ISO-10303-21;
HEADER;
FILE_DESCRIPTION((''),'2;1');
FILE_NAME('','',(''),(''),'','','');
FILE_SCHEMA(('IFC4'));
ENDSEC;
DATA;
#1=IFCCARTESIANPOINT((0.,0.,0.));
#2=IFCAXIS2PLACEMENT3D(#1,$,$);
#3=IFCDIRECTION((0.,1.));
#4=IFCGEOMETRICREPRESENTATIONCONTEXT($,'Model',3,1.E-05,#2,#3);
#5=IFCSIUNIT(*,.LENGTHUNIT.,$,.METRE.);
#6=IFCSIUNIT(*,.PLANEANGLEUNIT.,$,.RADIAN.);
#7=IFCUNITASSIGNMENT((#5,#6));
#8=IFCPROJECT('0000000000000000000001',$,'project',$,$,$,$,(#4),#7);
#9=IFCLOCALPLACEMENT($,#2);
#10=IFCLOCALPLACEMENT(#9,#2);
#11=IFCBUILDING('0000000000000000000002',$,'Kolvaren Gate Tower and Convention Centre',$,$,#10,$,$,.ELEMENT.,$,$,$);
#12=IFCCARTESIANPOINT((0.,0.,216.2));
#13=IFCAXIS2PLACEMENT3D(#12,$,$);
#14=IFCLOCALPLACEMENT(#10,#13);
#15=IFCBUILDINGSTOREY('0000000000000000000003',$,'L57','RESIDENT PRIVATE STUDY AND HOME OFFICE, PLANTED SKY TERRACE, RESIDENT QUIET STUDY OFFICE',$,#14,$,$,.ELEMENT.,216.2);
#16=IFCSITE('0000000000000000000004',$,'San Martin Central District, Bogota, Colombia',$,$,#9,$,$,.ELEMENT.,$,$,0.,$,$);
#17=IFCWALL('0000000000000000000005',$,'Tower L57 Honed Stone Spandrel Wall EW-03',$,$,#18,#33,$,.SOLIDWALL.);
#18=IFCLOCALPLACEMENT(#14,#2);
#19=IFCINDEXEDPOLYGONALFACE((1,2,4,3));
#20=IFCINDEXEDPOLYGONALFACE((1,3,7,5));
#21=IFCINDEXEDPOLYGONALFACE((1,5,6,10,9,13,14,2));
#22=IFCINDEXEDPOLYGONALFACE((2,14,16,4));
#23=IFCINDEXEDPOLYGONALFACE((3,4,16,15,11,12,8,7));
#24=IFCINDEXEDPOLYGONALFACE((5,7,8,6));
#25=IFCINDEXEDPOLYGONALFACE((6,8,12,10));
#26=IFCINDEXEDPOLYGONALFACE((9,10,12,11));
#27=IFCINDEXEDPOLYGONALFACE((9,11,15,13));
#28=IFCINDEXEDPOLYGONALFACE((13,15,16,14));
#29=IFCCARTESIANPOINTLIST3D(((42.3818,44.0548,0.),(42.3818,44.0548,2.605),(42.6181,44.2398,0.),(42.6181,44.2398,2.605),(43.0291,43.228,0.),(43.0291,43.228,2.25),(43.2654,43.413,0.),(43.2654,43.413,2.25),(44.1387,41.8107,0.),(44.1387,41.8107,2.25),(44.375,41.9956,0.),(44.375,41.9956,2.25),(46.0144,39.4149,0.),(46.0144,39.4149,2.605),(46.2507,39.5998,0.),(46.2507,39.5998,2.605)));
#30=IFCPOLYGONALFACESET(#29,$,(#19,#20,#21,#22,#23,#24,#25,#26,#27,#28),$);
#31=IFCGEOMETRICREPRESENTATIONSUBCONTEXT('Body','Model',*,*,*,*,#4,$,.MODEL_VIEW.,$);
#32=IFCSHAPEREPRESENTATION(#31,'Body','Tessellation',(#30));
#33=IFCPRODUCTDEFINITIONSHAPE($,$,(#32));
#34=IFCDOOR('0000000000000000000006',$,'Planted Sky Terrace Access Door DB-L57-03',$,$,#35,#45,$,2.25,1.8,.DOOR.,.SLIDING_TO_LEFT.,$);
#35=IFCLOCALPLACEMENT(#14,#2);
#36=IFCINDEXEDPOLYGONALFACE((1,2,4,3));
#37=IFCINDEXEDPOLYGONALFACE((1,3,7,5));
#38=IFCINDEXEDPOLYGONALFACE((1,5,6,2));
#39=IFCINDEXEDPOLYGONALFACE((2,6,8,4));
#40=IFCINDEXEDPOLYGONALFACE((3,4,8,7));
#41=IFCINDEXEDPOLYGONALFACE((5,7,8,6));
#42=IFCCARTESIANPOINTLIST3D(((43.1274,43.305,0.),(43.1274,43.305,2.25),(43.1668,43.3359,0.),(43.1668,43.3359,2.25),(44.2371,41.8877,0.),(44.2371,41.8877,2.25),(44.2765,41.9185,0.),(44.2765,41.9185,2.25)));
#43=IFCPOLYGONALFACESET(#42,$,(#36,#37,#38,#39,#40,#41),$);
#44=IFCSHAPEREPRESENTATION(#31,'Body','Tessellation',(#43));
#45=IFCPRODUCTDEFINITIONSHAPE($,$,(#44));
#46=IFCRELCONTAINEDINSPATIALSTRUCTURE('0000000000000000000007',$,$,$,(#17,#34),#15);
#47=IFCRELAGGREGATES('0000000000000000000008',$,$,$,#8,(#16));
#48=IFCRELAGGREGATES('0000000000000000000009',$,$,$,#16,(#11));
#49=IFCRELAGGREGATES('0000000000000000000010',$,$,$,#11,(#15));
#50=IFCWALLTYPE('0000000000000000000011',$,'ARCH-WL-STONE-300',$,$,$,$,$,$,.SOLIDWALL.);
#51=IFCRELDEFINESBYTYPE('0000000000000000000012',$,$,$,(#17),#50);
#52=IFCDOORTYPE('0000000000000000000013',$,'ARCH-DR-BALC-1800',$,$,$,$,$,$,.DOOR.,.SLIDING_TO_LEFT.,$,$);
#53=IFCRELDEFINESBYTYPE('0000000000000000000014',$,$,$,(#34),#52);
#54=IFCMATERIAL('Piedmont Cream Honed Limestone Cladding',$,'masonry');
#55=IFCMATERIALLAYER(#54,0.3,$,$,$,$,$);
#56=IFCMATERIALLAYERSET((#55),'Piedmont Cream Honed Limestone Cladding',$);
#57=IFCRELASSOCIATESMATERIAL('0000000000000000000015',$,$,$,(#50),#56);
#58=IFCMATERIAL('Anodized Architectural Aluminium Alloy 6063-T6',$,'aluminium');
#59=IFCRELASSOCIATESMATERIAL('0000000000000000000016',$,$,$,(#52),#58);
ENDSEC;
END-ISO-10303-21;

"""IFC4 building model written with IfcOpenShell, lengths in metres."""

from ifc_helpers import new_model, si_unit, direction, frame, frame_2d, origin, place, context, subcontext, project, spatial, rectangle, extrude, material, layer, layer_set, type_object, element, fill, save


model = new_model("IFC4")

# Units and contexts
model_context = context("Model", 3, precision=1e-05, world=origin(), true_north=direction((0.0, 1.0)))
body_context = subcontext(model_context, "Body", "Model", "MODEL_VIEW")
ifc_project = project(units=[si_unit("LENGTHUNIT", "METRE"), si_unit("PLANEANGLEUNIT", "RADIAN")], contexts=[model_context])

# Site, building, storey
site_placement = place(None, origin())
site = spatial("IfcSite", under=ifc_project, at=site_placement, Name="San Martin Central District, Bogota, Colombia", CompositionType="ELEMENT", RefElevation=0.0)
building_placement = place(site_placement, origin())
building = spatial("IfcBuilding", under=site, at=building_placement, Name="Kolvaren Gate Tower and Convention Centre", CompositionType="ELEMENT")
storey_placement = place(building_placement, frame((0.0, 0.0, 216.2)))
storey = spatial("IfcBuildingStorey", under=building, at=storey_placement, Name="L57", Description="RESIDENT PRIVATE STUDY AND HOME OFFICE, PLANTED SKY TERRACE, RESIDENT QUIET STUDY OFFICE", CompositionType="ELEMENT", Elevation=216.2)

# Shared definitions
ifc_material_1 = material(Name="Piedmont Cream Honed Limestone Cladding", Category="masonry")

# Shared definitions
ifc_layer_1 = layer(ifc_material_1, 0.3)
ifc_layer_set_1 = layer_set([ifc_layer_1], Name="Piedmont Cream Honed Limestone Cladding")
wall_type_1 = type_object("IfcWallType", Name="ARCH-WL-STONE-300", PredefinedType="SOLIDWALL", material=ifc_layer_set_1)

# Wall, opening, door
wall_1_placement = place(storey_placement, frame((42.5, 44.1472, 0.0), z_axis=(0.0, 0.0, 1.0), x_axis=(0.61645, -0.787394, 0.0)))
wall_1 = element("IfcWall", 1, at=wall_1_placement, inside=storey, type_object=wall_type_1, Name="Tower L57 Honed Stone Spandrel Wall EW-03", PredefinedType="SOLIDWALL", context=body_context, shape_type="SweptSolid", body=[
    extrude(rectangle(XDim=5.8928, YDim=0.3, at=frame_2d((2.9463, 0.0))), origin(), (0.0, 0.0, 1.0), 2.605),
])
opening_1_placement = place(wall_1_placement, frame((1.05, 0.0, 0.0)))
opening_1 = element("IfcOpeningElement", 2, at=opening_1_placement, cuts=wall_1, PredefinedType="OPENING", context=body_context, shape_type="SweptSolid", body=[
    extrude(rectangle(XDim=1.8, YDim=2.25, at=frame_2d((0.8999, 1.125))), frame((0.0, 0.1599, 0.0), z_axis=(0.0, -1.0, 0.0), x_axis=(1.0, 0.0, 0.0)), (0.0, 0.0, 1.0), 0.3201),
])
ifc_material_2 = material(Name="Anodized Architectural Aluminium Alloy 6063-T6", Category="aluminium")
door_type_1 = type_object("IfcDoorType", Name="ARCH-DR-BALC-1800", OperationType="SLIDING_TO_LEFT", PredefinedType="DOOR", material=ifc_material_2)
door_1_placement = place(opening_1_placement, origin())
door_1 = element("IfcDoor", 3, at=door_1_placement, inside=storey, type_object=door_type_1, Name="Planted Sky Terrace Access Door DB-L57-03", OperationType="SLIDING_TO_LEFT", OverallHeight=2.25, OverallWidth=1.8, PredefinedType="DOOR", context=body_context, shape_type="SweptSolid", body=[
    extrude(rectangle(XDim=1.8, YDim=2.25, at=frame_2d((0.8999, 1.125))), frame((0.0, 0.0249, 0.0), z_axis=(0.0, -1.0, 0.0), x_axis=(1.0, 0.0, 0.0)), (0.0, 0.0, 1.0), 0.05),
])
fill(opening_1, door_1)

save(model, "model.ifc")
